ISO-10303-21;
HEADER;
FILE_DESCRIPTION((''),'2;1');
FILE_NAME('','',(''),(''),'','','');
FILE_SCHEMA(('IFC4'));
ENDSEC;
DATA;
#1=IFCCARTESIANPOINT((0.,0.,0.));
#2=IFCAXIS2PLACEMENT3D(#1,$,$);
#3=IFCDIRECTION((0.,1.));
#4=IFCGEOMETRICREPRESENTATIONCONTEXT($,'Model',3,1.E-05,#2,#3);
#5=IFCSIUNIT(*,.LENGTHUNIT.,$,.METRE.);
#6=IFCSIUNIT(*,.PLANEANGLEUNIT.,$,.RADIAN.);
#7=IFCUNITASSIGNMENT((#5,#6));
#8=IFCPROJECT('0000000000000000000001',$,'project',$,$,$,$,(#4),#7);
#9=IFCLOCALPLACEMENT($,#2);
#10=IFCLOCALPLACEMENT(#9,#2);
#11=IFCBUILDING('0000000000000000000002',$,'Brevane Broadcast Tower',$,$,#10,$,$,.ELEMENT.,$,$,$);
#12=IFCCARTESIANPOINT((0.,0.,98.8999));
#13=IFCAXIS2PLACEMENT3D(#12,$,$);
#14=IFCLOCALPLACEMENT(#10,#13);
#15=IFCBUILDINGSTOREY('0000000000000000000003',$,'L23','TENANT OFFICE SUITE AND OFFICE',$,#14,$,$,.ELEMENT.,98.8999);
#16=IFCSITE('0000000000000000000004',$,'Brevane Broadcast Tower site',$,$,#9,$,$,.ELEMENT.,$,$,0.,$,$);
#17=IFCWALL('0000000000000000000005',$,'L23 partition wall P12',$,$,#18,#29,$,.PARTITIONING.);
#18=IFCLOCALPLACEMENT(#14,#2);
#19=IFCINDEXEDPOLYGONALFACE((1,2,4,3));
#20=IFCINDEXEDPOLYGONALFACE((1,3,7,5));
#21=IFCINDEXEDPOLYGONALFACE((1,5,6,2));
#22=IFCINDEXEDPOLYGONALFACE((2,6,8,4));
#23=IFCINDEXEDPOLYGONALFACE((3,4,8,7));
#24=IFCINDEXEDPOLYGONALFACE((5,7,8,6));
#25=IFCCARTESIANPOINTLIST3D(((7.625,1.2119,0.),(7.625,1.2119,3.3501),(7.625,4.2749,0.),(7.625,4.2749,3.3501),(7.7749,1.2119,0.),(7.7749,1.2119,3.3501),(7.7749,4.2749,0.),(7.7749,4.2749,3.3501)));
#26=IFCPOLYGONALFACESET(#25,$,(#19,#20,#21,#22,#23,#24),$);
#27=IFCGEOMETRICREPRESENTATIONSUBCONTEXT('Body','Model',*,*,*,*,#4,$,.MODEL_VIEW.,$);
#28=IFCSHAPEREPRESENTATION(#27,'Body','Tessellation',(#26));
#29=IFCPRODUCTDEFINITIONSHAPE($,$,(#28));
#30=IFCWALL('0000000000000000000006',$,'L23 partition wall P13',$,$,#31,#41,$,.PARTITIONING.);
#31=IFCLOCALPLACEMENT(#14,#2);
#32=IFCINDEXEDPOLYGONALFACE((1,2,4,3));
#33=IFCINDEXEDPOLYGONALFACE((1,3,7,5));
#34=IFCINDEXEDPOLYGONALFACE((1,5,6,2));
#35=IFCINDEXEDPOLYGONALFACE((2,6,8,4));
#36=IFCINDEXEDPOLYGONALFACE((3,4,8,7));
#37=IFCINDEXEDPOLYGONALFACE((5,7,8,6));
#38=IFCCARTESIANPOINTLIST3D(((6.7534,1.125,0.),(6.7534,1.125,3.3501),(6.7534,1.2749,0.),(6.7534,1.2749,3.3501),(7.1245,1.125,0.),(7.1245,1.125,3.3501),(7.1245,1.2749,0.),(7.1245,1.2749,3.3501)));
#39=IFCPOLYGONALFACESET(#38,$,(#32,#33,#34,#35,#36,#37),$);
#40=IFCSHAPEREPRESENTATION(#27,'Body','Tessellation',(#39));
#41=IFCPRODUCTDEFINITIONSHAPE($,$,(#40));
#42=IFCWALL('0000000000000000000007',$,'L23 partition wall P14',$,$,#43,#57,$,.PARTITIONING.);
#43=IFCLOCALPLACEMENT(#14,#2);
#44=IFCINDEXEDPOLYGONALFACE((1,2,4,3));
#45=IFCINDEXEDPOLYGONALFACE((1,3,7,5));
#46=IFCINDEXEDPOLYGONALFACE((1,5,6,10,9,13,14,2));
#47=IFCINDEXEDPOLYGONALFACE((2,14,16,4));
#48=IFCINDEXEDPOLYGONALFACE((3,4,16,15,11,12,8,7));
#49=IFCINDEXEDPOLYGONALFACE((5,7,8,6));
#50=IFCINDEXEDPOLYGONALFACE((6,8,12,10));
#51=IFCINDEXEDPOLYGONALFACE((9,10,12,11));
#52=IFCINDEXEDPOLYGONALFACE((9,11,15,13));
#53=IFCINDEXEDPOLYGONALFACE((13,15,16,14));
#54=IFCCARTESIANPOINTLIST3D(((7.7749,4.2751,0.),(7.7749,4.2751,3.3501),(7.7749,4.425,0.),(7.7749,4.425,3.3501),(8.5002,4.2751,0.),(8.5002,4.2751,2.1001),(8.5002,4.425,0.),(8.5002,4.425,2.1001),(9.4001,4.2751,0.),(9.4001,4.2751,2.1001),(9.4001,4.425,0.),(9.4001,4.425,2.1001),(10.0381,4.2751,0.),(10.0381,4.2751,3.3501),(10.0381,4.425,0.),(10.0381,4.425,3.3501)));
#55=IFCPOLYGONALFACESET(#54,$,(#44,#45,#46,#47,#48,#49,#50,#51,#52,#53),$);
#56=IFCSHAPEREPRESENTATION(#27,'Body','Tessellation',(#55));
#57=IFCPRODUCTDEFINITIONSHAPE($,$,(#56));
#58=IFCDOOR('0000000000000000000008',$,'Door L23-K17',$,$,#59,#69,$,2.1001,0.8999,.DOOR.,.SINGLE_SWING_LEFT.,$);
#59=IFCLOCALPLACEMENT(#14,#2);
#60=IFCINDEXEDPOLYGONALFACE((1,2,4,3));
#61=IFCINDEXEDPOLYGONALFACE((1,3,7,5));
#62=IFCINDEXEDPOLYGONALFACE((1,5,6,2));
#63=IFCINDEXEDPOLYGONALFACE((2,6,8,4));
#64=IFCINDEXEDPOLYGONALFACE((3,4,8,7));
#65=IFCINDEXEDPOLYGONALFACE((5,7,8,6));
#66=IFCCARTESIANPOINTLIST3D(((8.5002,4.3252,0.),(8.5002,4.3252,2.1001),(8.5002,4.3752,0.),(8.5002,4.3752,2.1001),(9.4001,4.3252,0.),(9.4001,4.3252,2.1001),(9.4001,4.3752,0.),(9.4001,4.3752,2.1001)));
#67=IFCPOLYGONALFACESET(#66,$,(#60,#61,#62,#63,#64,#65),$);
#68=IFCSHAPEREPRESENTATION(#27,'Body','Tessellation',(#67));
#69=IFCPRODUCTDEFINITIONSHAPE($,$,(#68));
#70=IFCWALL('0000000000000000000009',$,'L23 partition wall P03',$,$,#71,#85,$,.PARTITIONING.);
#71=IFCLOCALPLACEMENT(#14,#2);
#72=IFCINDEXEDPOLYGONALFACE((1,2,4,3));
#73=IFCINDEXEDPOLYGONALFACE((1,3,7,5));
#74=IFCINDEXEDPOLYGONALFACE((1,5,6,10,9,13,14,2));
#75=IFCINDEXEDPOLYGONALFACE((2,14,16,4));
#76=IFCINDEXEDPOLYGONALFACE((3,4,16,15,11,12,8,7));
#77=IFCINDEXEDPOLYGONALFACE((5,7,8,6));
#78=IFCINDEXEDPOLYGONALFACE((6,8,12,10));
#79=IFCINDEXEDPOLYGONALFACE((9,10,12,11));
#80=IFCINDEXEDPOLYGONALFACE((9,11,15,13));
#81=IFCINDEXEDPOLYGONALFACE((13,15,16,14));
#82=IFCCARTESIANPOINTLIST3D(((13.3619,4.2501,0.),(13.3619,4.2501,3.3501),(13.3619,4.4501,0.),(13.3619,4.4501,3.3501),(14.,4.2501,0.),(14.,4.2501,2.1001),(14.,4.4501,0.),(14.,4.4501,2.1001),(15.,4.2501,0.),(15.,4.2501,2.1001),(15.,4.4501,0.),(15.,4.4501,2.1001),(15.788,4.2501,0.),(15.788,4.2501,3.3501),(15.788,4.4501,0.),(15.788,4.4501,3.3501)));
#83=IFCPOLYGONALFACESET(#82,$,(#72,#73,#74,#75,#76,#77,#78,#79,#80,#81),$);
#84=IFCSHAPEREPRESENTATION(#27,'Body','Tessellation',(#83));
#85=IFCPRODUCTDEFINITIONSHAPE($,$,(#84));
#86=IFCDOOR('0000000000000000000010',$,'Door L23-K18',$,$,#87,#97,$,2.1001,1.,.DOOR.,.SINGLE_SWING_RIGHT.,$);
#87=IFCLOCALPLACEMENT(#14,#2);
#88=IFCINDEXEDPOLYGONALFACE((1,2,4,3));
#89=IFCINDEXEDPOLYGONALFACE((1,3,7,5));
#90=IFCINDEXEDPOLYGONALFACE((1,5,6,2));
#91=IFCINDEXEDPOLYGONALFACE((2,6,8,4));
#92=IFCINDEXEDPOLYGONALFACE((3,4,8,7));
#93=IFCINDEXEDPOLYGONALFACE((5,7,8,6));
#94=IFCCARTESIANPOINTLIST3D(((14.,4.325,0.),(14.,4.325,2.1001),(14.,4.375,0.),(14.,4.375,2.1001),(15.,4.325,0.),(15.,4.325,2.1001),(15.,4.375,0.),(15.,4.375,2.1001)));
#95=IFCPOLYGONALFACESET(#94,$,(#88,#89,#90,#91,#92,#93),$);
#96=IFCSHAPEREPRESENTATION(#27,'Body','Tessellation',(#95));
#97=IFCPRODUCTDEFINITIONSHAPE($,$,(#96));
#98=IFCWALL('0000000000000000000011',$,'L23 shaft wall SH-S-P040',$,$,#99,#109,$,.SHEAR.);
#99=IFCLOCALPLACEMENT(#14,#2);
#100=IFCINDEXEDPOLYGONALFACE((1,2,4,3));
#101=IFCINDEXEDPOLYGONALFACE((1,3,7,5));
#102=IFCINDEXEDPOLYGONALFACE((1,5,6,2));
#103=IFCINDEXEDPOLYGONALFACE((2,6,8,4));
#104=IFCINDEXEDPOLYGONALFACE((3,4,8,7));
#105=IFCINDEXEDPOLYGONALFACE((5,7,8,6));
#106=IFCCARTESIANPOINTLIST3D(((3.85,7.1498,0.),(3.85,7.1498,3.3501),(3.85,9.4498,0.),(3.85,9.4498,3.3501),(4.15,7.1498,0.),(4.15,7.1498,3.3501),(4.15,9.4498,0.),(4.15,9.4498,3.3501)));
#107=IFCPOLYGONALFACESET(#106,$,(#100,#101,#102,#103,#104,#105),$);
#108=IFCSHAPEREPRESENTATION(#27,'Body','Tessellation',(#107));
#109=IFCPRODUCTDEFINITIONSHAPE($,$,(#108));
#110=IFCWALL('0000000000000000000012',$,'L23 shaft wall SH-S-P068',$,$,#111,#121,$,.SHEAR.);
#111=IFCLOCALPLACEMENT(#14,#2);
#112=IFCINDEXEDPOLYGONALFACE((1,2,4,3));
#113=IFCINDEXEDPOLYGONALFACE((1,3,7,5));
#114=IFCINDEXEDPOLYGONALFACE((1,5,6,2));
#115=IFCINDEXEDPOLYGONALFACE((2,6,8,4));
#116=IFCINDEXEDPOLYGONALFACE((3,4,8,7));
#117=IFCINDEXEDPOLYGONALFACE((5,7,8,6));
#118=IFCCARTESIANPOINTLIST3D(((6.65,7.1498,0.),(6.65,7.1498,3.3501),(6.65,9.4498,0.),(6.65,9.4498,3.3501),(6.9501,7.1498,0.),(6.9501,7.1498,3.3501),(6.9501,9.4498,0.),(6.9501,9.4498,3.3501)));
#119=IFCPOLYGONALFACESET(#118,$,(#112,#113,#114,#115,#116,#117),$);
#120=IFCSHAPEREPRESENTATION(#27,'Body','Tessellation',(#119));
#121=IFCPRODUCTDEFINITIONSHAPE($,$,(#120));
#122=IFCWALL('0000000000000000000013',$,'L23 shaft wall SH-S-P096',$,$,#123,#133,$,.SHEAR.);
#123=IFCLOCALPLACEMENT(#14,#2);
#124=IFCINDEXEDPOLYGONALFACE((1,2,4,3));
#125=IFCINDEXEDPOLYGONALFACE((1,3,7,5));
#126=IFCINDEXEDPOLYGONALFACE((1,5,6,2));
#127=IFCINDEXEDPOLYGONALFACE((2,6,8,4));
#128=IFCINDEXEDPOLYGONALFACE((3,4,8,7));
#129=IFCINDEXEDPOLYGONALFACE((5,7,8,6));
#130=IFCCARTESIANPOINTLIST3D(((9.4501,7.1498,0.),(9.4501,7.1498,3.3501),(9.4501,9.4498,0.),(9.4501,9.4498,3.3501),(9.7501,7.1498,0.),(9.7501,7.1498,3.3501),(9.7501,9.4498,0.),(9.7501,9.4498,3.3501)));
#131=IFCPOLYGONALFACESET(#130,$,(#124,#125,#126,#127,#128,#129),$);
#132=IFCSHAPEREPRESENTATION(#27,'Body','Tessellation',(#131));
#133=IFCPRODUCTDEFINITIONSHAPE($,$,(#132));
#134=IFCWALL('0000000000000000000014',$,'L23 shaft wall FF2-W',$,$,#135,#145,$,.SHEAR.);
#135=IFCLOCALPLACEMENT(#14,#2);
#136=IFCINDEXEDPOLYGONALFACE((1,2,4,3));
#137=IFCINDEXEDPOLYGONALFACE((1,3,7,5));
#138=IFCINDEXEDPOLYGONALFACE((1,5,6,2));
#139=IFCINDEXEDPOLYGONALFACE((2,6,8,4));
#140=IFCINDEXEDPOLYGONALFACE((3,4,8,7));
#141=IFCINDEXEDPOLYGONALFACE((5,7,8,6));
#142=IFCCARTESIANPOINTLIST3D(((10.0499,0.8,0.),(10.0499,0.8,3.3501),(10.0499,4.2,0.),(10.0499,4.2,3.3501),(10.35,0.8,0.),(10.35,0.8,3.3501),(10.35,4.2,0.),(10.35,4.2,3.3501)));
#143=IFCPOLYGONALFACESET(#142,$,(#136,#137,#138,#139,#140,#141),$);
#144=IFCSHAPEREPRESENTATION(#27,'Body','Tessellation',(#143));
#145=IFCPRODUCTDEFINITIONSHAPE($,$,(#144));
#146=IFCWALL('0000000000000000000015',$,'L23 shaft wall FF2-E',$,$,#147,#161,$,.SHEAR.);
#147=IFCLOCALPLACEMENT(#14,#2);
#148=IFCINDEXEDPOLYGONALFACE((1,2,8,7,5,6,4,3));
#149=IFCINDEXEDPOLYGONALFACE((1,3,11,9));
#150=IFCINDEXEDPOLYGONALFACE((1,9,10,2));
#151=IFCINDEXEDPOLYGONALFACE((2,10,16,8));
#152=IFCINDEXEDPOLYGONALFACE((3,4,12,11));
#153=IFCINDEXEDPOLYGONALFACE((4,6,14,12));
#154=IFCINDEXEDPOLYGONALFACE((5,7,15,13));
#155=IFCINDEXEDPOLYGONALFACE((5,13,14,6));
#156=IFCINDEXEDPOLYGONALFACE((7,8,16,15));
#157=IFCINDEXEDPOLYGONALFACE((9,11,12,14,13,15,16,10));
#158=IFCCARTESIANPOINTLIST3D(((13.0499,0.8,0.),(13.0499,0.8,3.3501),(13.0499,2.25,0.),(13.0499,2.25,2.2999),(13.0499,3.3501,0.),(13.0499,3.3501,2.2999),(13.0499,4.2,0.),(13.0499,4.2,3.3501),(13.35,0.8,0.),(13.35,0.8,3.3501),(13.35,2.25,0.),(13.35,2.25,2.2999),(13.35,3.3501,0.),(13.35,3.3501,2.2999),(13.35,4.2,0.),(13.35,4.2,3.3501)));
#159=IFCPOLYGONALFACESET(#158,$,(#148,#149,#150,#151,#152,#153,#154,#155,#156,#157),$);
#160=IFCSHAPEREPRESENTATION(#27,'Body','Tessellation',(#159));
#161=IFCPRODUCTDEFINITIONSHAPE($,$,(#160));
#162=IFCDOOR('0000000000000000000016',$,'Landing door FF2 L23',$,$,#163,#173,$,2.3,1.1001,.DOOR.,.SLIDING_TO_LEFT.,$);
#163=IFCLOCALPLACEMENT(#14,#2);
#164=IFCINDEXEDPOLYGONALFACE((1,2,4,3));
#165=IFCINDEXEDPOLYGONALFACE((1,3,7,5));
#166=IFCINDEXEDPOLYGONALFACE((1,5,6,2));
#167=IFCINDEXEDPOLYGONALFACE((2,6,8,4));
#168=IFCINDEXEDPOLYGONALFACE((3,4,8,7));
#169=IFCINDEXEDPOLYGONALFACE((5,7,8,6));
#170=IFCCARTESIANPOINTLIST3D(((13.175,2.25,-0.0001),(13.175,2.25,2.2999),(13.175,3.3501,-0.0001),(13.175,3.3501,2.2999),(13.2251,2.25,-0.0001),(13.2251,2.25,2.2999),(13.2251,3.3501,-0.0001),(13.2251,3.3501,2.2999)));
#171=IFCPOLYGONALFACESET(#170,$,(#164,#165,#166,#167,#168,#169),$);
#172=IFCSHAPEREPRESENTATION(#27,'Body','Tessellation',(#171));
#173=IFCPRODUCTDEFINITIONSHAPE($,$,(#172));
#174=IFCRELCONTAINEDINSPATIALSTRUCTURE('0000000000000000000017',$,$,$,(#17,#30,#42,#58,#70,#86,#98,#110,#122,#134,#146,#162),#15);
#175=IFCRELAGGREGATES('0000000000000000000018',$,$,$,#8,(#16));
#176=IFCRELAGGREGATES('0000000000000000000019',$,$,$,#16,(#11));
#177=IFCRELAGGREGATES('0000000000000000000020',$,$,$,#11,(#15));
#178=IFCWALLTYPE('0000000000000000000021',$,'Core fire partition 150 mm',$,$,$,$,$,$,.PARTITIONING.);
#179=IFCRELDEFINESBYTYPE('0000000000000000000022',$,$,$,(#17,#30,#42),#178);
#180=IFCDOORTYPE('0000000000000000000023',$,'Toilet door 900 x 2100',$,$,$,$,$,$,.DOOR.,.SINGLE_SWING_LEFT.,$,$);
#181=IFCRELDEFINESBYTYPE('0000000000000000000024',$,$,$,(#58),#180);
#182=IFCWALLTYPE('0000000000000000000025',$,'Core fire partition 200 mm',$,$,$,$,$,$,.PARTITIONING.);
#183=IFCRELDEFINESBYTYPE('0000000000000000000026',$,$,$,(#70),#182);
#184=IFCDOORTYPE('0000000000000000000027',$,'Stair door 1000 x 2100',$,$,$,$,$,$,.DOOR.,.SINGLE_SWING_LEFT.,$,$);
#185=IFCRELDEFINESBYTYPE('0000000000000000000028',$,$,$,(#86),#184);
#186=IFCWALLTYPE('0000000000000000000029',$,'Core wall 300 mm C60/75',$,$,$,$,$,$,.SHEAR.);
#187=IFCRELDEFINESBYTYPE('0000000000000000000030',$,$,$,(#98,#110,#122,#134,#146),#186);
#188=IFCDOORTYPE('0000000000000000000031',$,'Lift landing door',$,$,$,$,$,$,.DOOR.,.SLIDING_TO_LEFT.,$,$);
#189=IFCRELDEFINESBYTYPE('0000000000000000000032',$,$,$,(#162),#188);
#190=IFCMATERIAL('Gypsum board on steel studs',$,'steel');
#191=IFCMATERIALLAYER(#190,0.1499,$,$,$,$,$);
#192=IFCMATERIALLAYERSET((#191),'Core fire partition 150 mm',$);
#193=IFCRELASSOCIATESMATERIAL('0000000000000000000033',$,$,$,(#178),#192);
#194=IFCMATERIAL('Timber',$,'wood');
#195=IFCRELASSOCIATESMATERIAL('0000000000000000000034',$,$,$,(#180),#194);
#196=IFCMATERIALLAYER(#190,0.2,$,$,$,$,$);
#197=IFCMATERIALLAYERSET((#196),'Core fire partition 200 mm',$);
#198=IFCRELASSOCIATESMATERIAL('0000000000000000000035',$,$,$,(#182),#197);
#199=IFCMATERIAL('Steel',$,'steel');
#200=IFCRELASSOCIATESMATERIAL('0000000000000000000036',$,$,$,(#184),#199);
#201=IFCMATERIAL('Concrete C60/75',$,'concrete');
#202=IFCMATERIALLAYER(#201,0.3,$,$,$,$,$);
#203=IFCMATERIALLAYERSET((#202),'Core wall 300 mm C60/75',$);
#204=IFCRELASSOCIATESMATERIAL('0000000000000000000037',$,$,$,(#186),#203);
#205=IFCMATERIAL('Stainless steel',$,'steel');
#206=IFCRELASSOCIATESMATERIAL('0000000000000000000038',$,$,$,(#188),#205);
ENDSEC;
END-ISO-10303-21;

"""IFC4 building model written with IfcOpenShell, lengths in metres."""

from ifc_helpers import new_model, si_unit, direction, frame, frame_2d, origin, place, context, subcontext, project, spatial, rectangle, extrude, material, layer, layer_set, type_object, element, fill, save


model = new_model("IFC4")

# Units and contexts
model_context = context("Model", 3, precision=1e-05, world=origin(), true_north=direction((0.0, 1.0)))
body_context = subcontext(model_context, "Body", "Model", "MODEL_VIEW")
ifc_project = project(units=[si_unit("LENGTHUNIT", "METRE"), si_unit("PLANEANGLEUNIT", "RADIAN")], contexts=[model_context])

# Site, building, storey
site_placement = place(None, origin())
site = spatial("IfcSite", under=ifc_project, at=site_placement, Name="Brevane Broadcast Tower site", CompositionType="ELEMENT", RefElevation=0.0)
building_placement = place(site_placement, origin())
building = spatial("IfcBuilding", under=site, at=building_placement, Name="Brevane Broadcast Tower", CompositionType="ELEMENT")
storey_placement = place(building_placement, frame((0.0, 0.0, 98.8999)))
storey = spatial("IfcBuildingStorey", under=building, at=storey_placement, Name="L23", Description="TENANT OFFICE SUITE AND OFFICE", CompositionType="ELEMENT", Elevation=98.8999)

# Shared definitions
ifc_material_1 = material(Name="Gypsum board on steel studs", Category="steel")
ifc_layer_1 = layer(ifc_material_1, 0.1499)
ifc_layer_set_1 = layer_set([ifc_layer_1], Name="Core fire partition 150 mm")
wall_type_1 = type_object("IfcWallType", Name="Core fire partition 150 mm", PredefinedType="PARTITIONING", material=ifc_layer_set_1)

# Shared definitions
ifc_material_2 = material(Name="Timber", Category="wood")
door_type_1 = type_object("IfcDoorType", Name="Toilet door 900 x 2100", OperationType="SINGLE_SWING_LEFT", PredefinedType="DOOR", material=ifc_material_2)

# Walls
wall_1_placement = place(storey_placement, frame((7.7, 4.2749, 0.0), z_axis=(0.0, 0.0, 1.0), x_axis=(0.0, -1.0, 0.0)))
element("IfcWall", 1, at=wall_1_placement, inside=storey, type_object=wall_type_1, Name="L23 partition wall P12", PredefinedType="PARTITIONING", context=body_context, shape_type="SweptSolid", body=[
    extrude(rectangle(XDim=3.063, YDim=0.1499, at=frame_2d((1.5315, 0.0))), origin(), (0.0, 0.0, 1.0), 3.3501),
])
wall_2_placement = place(storey_placement, frame((7.1245, 1.2, 0.0), z_axis=(0.0, 0.0, 1.0), x_axis=(-1.0, 0.0, 0.0)))
element("IfcWall", 2, at=wall_2_placement, inside=storey, type_object=wall_type_1, Name="L23 partition wall P13", PredefinedType="PARTITIONING", context=body_context, shape_type="SweptSolid", body=[
    extrude(rectangle(XDim=0.3711, YDim=0.1499, at=frame_2d((0.1855, 0.0))), origin(), (0.0, 0.0, 1.0), 3.3501),
])

# Walls, openings, doors
wall_3_placement = place(storey_placement, frame((10.0381, 4.3501, 0.0), z_axis=(0.0, 0.0, 1.0), x_axis=(-1.0, 0.0, 0.0)))
wall_3 = element("IfcWall", 3, at=wall_3_placement, inside=storey, type_object=wall_type_1, Name="L23 partition wall P14", PredefinedType="PARTITIONING", context=body_context, shape_type="SweptSolid", body=[
    extrude(rectangle(XDim=2.2632, YDim=0.1499, at=frame_2d((1.1316, 0.0))), origin(), (0.0, 0.0, 1.0), 3.3501),
])
opening_1_placement = place(wall_3_placement, frame((0.6379, 0.0, 0.0)))
opening_1 = element("IfcOpeningElement", 4, at=opening_1_placement, cuts=wall_3, PredefinedType="OPENING", context=body_context, shape_type="SweptSolid", body=[
    extrude(rectangle(XDim=0.8999, YDim=2.1001, at=frame_2d((0.45, 1.05))), frame((0.0, 0.085, 0.0), z_axis=(0.0, -1.0, 0.0), x_axis=(1.0, 0.0, 0.0)), (0.0, 0.0, 1.0), 0.1699),
])
door_1_placement = place(opening_1_placement, origin())
door_1 = element("IfcDoor", 5, at=door_1_placement, inside=storey, type_object=door_type_1, Name="Door L23-K17", OperationType="SINGLE_SWING_LEFT", OverallHeight=2.1001, OverallWidth=0.8999, PredefinedType="DOOR", context=body_context, shape_type="SweptSolid", body=[
    extrude(rectangle(XDim=0.8999, YDim=2.1001, at=frame_2d((0.45, 1.05))), frame((0.0, 0.0249, 0.0), z_axis=(0.0, -1.0, 0.0), x_axis=(1.0, 0.0, 0.0)), (0.0, 0.0, 1.0), 0.05),
])
fill(opening_1, door_1)
ifc_layer_2 = layer(ifc_material_1, 0.2)
ifc_layer_set_2 = layer_set([ifc_layer_2], Name="Core fire partition 200 mm")
wall_type_2 = type_object("IfcWallType", Name="Core fire partition 200 mm", PredefinedType="PARTITIONING", material=ifc_layer_set_2)
wall_4_placement = place(storey_placement, frame((13.3621, 4.3501, 0.0), z_axis=(0.0, 0.0, 1.0), x_axis=(1.0, 0.0, 0.0)))
wall_4 = element("IfcWall", 6, at=wall_4_placement, inside=storey, type_object=wall_type_2, Name="L23 partition wall P03", PredefinedType="PARTITIONING", context=body_context, shape_type="SweptSolid", body=[
    extrude(rectangle(XDim=2.426, YDim=0.2, at=frame_2d((1.2129, 0.0))), origin(), (0.0, 0.0, 1.0), 3.3501),
])
opening_2_placement = place(wall_4_placement, frame((0.6379, 0.0, 0.0)))
opening_2 = element("IfcOpeningElement", 7, at=opening_2_placement, cuts=wall_4, PredefinedType="OPENING", context=body_context, shape_type="SweptSolid", body=[
    extrude(rectangle(XDim=1.0, YDim=2.1001, at=frame_2d((0.5, 1.05))), frame((0.0, 0.1099, 0.0), z_axis=(0.0, -1.0, 0.0), x_axis=(1.0, 0.0, 0.0)), (0.0, 0.0, 1.0), 0.22),
])
ifc_material_3 = material(Name="Steel", Category="steel")
door_type_2 = type_object("IfcDoorType", Name="Stair door 1000 x 2100", OperationType="SINGLE_SWING_LEFT", PredefinedType="DOOR", material=ifc_material_3)
door_2_placement = place(opening_2_placement, origin())
door_2 = element("IfcDoor", 8, at=door_2_placement, inside=storey, type_object=door_type_2, Name="Door L23-K18", OperationType="SINGLE_SWING_RIGHT", OverallHeight=2.1001, OverallWidth=1.0, PredefinedType="DOOR", context=body_context, shape_type="SweptSolid", body=[
    extrude(rectangle(XDim=1.0, YDim=2.1001, at=frame_2d((0.5, 1.05))), frame((0.0, 0.0249, 0.0), z_axis=(0.0, -1.0, 0.0), x_axis=(1.0, 0.0, 0.0)), (0.0, 0.0, 1.0), 0.05),
])
fill(opening_2, door_2)

# Walls
ifc_material_4 = material(Name="Concrete C60/75", Category="concrete")
ifc_layer_3 = layer(ifc_material_4, 0.3)
ifc_layer_set_3 = layer_set([ifc_layer_3], Name="Core wall 300 mm C60/75")
wall_type_3 = type_object("IfcWallType", Name="Core wall 300 mm C60/75", PredefinedType="SHEAR", material=ifc_layer_set_3)
for number, where, z_axis, x_axis, name in (
    (9, (4.0, 7.1499, 0.0), (0.0, 0.0, 1.0), (0.0, 1.0, 0.0), "L23 shaft wall SH-S-P040"),
    (10, (6.8, 7.1499, 0.0), (0.0, 0.0, 1.0), (0.0, 1.0, 0.0), "L23 shaft wall SH-S-P068"),
    (11, (9.6001, 7.1499, 0.0), (0.0, 0.0, 1.0), (0.0, 1.0, 0.0), "L23 shaft wall SH-S-P096"),
):
    element("IfcWall", number, at=place(storey_placement, frame(where, z_axis=z_axis, x_axis=x_axis)), inside=storey, type_object=wall_type_3, Name=name, PredefinedType="SHEAR", context=body_context, shape_type="SweptSolid", body=[
        extrude(rectangle(XDim=2.3, YDim=0.3, at=frame_2d((1.1499, 0.0))), origin(), (0.0, 0.0, 1.0), 3.3501),
    ])
wall_5_placement = place(storey_placement, frame((10.2, 0.8, 0.0), z_axis=(0.0, 0.0, 1.0), x_axis=(0.0, 1.0, 0.0)))
element("IfcWall", 12, at=wall_5_placement, inside=storey, type_object=wall_type_3, Name="L23 shaft wall FF2-W", PredefinedType="SHEAR", context=body_context, shape_type="SweptSolid", body=[
    extrude(rectangle(XDim=3.3999, YDim=0.3, at=frame_2d((1.7, 0.0))), origin(), (0.0, 0.0, 1.0), 3.3501),
])

# Wall, opening, door
wall_6_placement = place(storey_placement, frame((13.2, 0.8, 0.0), z_axis=(0.0, 0.0, 1.0), x_axis=(0.0, 1.0, 0.0)))
wall_6 = element("IfcWall", 13, at=wall_6_placement, inside=storey, type_object=wall_type_3, Name="L23 shaft wall FF2-E", PredefinedType="SHEAR", context=body_context, shape_type="SweptSolid", body=[
    extrude(rectangle(XDim=3.3999, YDim=0.3, at=frame_2d((1.7, 0.0))), origin(), (0.0, 0.0, 1.0), 3.3501),
])
opening_3_placement = place(wall_6_placement, frame((1.45, 0.0, 0.0)))
opening_3 = element("IfcOpeningElement", 14, at=opening_3_placement, cuts=wall_6, PredefinedType="OPENING", context=body_context, shape_type="SweptSolid", body=[
    extrude(rectangle(XDim=1.1001, YDim=2.3, at=frame_2d((0.55, 1.1499))), frame((0.0, 0.1599, 0.0), z_axis=(0.0, -1.0, 0.0), x_axis=(1.0, 0.0, 0.0)), (0.0, 0.0, 1.0), 0.3201),
])
ifc_material_5 = material(Name="Stainless steel", Category="steel")
door_type_3 = type_object("IfcDoorType", Name="Lift landing door", OperationType="SLIDING_TO_LEFT", PredefinedType="DOOR", material=ifc_material_5)
door_3_placement = place(opening_3_placement, origin())
door_3 = element("IfcDoor", 15, at=door_3_placement, inside=storey, type_object=door_type_3, Name="Landing door FF2 L23", OperationType="SLIDING_TO_LEFT", OverallHeight=2.3, OverallWidth=1.1001, PredefinedType="DOOR", context=body_context, shape_type="SweptSolid", body=[
    extrude(rectangle(XDim=1.1001, YDim=2.3, at=frame_2d((0.55, 1.1499))), frame((0.0, 0.0249, 0.0), z_axis=(0.0, -1.0, 0.0), x_axis=(1.0, 0.0, 0.0)), (0.0, 0.0, 1.0), 0.05),
])
fill(opening_3, door_3)

save(model, "model.ifc")
